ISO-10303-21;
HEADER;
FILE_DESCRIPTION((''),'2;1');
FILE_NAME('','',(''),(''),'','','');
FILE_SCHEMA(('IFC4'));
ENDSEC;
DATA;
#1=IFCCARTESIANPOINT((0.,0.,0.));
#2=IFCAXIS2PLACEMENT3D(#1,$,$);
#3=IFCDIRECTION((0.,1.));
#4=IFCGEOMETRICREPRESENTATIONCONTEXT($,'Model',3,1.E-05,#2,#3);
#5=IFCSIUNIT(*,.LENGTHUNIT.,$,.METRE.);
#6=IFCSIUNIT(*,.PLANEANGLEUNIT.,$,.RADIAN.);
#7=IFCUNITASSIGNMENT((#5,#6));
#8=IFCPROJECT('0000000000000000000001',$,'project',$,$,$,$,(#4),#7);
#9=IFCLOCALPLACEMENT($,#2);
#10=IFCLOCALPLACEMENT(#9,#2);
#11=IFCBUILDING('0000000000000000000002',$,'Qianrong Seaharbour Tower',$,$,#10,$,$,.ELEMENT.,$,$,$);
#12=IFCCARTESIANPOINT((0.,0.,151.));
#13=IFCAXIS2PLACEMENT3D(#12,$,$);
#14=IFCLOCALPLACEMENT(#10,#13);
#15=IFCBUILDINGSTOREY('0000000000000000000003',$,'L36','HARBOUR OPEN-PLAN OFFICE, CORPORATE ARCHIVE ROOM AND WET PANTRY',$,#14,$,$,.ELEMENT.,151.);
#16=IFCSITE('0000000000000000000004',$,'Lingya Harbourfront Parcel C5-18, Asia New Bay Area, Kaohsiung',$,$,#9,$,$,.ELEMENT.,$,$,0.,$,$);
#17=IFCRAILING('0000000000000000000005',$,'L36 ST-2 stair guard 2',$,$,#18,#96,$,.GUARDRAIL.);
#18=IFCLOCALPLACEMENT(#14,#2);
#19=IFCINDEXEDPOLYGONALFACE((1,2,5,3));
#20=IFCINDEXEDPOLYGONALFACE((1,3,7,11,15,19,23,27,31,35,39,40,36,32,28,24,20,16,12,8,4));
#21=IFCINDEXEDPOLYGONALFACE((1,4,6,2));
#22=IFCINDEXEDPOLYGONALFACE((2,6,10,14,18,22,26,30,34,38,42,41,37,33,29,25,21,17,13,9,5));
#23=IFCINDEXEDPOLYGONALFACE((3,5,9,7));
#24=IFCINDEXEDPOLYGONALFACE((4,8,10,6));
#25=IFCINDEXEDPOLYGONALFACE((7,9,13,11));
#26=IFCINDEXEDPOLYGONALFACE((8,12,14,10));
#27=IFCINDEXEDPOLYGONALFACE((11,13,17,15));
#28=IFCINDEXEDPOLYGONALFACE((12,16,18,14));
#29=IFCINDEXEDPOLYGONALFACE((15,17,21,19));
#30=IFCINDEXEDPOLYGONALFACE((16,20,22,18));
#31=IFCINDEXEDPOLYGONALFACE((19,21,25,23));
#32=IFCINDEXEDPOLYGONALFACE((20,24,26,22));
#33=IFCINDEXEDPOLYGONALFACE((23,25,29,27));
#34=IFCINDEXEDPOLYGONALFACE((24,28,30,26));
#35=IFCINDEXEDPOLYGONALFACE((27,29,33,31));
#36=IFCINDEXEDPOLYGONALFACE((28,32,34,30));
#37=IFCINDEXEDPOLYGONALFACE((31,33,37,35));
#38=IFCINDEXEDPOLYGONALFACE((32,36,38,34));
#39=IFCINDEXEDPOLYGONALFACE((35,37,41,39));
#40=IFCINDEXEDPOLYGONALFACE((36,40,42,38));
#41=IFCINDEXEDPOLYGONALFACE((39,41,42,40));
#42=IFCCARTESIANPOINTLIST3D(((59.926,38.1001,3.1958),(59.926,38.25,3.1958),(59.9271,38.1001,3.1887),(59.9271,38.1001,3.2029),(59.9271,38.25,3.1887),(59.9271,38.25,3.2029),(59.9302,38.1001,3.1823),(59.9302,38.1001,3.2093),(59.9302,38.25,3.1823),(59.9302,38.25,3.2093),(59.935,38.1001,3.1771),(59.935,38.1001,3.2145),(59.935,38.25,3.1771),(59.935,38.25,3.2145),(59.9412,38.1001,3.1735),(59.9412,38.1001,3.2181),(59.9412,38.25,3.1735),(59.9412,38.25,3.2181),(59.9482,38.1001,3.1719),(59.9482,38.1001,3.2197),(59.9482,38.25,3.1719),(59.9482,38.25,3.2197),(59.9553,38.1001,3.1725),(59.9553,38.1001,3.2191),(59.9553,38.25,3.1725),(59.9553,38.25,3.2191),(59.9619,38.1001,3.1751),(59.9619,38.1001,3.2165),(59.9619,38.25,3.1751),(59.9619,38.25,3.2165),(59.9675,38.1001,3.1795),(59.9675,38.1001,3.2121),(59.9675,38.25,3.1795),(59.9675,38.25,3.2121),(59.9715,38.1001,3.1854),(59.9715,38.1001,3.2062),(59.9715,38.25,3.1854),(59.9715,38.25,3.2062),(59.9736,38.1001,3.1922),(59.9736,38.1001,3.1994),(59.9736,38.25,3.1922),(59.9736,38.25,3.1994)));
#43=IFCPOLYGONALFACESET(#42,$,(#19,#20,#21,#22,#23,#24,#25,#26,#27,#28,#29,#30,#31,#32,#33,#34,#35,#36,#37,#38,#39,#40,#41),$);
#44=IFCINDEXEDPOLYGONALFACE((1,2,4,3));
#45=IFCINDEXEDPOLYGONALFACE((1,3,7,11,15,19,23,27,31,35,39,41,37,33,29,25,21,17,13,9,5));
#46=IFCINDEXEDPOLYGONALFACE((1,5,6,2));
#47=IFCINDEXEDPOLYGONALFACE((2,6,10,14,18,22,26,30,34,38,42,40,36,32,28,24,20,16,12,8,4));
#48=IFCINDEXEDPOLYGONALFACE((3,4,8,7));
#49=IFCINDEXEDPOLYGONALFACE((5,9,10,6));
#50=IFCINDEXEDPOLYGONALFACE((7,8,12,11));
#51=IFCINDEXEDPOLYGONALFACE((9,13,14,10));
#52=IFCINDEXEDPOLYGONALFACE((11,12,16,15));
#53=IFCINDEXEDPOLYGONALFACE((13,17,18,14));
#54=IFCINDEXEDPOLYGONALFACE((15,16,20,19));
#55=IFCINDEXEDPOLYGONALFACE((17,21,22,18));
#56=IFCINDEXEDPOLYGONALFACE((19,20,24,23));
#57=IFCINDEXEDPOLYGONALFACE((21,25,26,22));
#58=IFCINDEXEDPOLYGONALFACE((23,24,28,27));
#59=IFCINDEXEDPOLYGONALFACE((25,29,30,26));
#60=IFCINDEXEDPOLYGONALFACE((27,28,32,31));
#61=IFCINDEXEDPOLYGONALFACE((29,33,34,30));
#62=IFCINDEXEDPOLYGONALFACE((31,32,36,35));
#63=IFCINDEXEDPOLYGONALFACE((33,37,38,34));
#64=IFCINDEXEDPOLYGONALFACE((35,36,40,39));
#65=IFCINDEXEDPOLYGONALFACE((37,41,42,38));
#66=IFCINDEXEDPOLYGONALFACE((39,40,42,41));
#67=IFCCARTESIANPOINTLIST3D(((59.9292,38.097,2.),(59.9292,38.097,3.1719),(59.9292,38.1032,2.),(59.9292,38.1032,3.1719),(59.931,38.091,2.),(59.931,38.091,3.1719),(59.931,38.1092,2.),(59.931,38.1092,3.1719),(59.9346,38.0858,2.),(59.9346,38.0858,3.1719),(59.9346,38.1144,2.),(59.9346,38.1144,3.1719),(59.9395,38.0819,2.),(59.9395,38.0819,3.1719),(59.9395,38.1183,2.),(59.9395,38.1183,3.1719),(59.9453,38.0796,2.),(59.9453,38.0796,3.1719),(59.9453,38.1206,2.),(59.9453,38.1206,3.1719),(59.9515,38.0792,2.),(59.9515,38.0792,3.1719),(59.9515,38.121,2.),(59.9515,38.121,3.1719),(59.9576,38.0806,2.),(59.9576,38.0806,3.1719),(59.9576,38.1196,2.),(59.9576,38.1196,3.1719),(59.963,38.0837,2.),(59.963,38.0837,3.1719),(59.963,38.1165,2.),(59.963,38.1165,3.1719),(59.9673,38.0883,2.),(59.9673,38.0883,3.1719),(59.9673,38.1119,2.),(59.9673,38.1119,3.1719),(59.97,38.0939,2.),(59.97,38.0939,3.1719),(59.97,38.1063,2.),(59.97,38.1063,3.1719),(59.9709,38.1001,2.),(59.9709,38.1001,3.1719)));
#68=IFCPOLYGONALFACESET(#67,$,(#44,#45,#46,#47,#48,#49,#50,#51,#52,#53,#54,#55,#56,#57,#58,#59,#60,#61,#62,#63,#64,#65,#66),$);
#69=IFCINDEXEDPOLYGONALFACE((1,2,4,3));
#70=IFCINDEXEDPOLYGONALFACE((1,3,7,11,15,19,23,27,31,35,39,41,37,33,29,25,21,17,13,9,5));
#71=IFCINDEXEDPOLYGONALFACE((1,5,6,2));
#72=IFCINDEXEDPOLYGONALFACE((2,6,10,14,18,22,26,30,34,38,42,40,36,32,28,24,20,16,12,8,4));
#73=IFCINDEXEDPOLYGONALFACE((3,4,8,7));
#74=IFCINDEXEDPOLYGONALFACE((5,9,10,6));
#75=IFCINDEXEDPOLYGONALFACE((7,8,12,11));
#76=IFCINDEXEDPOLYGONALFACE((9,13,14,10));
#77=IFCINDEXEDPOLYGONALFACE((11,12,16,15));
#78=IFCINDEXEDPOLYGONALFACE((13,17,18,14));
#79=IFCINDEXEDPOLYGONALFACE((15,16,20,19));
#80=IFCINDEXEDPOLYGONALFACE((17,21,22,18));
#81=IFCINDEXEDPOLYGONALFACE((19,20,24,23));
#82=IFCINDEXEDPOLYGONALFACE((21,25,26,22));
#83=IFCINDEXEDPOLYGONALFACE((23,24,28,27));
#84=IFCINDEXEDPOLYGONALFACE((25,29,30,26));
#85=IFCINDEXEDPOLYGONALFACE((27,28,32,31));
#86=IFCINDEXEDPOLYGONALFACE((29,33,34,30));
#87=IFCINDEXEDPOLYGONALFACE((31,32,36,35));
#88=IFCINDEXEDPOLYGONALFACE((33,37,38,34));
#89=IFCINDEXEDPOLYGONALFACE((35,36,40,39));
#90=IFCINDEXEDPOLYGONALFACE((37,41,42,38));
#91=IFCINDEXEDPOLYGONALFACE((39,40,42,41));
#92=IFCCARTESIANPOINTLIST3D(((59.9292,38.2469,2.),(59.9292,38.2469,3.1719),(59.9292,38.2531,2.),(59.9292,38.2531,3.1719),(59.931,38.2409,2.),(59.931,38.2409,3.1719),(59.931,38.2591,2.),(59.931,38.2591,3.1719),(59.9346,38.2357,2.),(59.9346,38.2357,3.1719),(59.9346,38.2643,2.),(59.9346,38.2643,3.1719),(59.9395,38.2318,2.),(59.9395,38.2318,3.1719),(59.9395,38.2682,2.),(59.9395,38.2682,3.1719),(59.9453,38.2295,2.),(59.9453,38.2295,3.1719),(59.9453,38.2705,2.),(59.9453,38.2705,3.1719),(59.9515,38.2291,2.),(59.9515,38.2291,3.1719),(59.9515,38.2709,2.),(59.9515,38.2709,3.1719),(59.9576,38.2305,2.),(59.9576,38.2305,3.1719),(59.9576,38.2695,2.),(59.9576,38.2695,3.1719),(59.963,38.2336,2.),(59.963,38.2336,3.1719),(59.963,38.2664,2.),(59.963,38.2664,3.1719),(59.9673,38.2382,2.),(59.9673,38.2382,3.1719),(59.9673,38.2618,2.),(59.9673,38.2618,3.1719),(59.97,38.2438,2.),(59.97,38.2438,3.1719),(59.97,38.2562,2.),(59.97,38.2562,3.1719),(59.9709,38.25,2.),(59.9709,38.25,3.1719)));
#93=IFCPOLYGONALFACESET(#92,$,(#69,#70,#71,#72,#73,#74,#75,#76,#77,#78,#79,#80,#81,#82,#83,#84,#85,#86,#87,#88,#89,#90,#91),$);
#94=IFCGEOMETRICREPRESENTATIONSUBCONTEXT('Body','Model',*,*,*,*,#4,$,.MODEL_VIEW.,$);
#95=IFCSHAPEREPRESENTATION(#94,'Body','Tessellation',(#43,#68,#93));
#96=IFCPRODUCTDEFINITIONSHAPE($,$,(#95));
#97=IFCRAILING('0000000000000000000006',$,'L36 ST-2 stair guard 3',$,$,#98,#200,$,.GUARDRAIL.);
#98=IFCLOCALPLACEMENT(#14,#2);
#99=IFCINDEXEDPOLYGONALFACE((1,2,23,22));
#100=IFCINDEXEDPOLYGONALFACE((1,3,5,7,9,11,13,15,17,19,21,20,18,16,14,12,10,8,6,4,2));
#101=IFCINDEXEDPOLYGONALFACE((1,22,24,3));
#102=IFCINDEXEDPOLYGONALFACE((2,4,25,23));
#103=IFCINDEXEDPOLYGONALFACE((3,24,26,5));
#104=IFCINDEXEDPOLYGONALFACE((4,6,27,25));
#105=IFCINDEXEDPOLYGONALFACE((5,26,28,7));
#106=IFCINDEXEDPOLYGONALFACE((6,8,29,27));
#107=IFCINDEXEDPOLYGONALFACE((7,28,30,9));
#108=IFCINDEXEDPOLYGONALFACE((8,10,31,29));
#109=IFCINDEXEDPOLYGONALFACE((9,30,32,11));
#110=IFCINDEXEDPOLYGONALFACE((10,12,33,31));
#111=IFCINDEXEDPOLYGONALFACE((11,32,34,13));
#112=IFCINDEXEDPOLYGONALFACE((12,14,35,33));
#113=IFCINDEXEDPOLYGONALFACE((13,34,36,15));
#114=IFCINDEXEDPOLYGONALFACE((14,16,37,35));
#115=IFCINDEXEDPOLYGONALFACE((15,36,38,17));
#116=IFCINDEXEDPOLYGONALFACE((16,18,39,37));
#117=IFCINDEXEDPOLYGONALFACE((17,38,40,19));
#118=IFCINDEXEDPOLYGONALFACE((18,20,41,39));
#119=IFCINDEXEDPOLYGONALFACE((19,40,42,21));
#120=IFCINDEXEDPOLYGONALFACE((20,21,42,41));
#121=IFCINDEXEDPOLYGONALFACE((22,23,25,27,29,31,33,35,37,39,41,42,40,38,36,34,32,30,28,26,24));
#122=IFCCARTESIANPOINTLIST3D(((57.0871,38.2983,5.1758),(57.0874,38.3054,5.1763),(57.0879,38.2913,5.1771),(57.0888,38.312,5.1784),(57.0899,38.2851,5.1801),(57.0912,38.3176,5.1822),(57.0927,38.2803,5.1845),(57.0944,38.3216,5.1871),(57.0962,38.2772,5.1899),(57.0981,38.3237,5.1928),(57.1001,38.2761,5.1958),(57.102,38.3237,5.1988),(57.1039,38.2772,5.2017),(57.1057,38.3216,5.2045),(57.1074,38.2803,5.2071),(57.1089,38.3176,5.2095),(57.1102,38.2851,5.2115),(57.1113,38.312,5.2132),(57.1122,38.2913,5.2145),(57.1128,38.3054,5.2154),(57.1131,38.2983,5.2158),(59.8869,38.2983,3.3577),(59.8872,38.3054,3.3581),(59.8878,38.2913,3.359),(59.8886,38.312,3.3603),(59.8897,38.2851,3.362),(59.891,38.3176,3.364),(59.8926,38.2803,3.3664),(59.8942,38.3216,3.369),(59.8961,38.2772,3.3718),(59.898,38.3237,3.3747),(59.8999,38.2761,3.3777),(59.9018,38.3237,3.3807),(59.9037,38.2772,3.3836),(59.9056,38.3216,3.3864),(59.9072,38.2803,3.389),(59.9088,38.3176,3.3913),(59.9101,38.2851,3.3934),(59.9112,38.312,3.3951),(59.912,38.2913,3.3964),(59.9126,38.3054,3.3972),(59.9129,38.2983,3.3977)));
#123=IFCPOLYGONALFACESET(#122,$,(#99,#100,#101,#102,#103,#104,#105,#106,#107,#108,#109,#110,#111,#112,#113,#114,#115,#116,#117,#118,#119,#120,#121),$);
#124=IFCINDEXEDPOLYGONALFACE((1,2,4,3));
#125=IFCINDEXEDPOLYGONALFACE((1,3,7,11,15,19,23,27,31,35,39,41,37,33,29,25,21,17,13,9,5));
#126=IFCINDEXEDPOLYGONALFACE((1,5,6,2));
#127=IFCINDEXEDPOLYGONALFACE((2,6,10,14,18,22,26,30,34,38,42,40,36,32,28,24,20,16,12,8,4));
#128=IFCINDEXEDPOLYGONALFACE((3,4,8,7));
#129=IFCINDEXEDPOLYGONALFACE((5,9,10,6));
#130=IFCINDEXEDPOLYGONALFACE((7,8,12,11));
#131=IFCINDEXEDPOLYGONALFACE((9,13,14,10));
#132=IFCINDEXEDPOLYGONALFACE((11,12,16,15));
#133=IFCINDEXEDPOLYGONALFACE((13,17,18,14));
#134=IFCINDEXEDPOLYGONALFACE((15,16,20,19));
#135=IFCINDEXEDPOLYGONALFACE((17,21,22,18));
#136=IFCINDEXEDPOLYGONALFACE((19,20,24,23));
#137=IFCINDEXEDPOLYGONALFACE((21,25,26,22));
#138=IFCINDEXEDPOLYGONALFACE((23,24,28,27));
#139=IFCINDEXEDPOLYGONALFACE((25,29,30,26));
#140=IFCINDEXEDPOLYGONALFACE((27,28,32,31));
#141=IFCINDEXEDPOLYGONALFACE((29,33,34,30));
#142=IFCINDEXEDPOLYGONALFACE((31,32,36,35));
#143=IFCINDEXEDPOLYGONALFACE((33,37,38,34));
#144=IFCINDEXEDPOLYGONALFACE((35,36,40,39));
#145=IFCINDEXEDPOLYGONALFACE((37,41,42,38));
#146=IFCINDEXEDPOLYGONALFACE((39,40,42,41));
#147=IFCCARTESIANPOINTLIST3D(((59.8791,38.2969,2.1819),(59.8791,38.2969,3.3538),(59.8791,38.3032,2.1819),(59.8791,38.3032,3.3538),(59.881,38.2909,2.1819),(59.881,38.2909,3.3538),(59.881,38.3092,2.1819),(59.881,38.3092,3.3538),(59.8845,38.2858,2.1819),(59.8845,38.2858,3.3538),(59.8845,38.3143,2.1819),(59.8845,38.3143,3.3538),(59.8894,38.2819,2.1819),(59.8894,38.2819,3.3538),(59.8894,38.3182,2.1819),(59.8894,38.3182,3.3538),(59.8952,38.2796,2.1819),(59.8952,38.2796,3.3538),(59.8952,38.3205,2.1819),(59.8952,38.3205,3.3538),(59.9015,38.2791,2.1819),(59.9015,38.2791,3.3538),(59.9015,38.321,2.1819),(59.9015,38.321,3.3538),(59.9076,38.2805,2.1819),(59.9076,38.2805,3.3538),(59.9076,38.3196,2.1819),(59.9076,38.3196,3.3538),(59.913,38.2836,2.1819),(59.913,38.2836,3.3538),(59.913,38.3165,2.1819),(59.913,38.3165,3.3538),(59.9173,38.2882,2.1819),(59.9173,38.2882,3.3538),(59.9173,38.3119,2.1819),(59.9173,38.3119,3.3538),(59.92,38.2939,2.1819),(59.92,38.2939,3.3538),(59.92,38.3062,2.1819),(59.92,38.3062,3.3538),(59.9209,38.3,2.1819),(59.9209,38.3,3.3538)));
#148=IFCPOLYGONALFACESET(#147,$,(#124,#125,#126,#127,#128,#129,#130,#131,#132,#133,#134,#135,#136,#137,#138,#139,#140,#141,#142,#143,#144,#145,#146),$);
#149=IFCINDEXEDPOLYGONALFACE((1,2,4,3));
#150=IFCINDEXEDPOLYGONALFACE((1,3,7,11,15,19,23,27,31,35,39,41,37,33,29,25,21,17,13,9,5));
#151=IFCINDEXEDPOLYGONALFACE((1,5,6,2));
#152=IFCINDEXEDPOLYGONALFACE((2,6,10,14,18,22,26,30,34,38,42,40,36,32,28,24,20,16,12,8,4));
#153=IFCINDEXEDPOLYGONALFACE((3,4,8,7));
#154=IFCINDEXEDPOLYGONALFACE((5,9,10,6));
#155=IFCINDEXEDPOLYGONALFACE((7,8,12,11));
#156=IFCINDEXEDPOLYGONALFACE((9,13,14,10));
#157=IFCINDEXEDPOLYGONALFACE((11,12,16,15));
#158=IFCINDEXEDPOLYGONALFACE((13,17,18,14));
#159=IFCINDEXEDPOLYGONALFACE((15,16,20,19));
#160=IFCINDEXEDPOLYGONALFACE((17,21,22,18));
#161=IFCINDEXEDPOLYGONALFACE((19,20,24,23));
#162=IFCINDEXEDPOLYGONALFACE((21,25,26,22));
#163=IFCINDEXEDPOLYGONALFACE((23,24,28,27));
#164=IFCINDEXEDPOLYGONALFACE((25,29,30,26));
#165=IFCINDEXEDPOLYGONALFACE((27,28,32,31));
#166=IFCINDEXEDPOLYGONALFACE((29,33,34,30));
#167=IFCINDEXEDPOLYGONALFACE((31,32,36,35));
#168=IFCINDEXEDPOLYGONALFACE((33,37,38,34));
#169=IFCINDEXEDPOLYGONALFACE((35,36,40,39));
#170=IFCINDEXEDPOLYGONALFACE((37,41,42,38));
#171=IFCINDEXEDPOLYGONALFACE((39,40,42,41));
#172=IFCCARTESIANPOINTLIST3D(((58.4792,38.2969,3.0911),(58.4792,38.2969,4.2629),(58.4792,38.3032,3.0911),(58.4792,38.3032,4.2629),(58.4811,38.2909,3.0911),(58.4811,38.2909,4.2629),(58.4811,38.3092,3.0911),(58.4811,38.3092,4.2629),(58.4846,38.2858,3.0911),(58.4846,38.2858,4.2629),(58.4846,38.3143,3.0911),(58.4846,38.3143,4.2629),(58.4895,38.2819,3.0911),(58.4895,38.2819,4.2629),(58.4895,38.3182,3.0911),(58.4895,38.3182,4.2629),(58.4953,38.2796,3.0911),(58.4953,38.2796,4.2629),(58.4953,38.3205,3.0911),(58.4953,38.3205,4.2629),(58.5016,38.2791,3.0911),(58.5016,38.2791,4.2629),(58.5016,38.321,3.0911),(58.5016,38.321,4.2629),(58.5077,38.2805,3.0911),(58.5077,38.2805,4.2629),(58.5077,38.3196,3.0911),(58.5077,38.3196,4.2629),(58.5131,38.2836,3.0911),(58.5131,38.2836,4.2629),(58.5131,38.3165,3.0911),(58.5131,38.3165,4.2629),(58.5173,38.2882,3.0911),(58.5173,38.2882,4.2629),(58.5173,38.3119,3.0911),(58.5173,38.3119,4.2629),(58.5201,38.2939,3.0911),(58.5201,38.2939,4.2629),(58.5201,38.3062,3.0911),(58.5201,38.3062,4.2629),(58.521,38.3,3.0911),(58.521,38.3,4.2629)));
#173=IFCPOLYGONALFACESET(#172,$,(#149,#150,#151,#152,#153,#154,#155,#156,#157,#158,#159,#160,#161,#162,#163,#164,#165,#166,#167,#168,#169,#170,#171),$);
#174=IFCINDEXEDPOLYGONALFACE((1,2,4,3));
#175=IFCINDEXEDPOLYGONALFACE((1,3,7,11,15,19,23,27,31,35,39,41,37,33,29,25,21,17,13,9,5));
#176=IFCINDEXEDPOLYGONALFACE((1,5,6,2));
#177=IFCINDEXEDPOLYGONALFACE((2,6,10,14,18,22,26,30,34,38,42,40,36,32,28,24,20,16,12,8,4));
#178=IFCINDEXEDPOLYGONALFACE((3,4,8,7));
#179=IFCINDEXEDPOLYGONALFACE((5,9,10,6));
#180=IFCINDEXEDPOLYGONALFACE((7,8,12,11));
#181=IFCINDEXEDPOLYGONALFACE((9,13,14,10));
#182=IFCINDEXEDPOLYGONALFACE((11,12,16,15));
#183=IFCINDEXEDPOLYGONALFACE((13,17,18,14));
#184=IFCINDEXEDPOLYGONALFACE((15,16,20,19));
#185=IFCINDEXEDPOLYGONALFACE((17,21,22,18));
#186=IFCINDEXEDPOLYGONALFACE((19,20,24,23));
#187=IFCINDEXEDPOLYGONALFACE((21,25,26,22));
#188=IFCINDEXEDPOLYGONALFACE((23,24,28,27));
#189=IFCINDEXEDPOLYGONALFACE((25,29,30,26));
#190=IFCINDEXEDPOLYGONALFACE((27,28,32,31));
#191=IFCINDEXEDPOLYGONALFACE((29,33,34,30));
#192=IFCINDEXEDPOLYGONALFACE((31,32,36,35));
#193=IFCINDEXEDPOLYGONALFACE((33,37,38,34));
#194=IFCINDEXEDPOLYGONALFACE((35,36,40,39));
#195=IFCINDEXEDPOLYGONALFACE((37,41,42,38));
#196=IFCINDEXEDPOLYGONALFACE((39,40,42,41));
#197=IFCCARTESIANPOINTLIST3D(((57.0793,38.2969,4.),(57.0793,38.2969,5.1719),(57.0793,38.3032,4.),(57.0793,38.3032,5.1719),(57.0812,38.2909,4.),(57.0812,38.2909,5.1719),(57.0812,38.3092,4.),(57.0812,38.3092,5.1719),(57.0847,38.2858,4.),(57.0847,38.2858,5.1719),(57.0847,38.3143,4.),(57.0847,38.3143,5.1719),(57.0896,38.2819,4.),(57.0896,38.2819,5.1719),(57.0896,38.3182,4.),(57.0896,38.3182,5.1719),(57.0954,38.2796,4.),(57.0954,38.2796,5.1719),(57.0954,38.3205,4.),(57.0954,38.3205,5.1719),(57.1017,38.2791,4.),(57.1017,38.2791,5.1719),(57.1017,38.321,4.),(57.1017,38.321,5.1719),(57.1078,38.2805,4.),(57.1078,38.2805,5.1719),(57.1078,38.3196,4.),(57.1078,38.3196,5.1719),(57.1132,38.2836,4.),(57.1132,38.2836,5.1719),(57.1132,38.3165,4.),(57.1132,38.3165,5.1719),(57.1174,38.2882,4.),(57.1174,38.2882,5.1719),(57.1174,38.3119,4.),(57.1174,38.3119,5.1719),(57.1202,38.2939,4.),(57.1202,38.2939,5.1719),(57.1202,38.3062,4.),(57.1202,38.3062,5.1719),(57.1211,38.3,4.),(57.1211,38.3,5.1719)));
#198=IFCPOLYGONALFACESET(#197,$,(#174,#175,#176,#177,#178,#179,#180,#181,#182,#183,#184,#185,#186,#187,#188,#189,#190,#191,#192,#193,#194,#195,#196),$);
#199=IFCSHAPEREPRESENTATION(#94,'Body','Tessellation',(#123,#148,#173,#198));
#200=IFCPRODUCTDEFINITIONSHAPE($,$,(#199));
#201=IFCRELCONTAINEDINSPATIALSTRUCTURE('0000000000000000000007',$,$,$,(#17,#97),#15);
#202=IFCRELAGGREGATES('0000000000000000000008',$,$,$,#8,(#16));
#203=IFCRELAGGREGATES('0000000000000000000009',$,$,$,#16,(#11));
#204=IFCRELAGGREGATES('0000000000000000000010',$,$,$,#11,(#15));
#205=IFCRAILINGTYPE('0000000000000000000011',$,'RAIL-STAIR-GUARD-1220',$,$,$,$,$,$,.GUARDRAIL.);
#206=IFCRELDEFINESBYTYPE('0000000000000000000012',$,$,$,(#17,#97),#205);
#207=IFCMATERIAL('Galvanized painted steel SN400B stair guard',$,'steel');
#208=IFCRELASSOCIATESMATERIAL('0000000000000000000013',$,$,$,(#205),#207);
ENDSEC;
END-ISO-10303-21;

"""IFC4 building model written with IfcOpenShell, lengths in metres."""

from ifc_helpers import new_model, si_unit, direction, frame, origin, origin_2d, place, context, subcontext, project, spatial, circle, extrude, material, type_object, element, save


model = new_model("IFC4")

# Units and contexts
model_context = context("Model", 3, precision=1e-05, world=origin(), true_north=direction((0.0, 1.0)))
body_context = subcontext(model_context, "Body", "Model", "MODEL_VIEW")
ifc_project = project(units=[si_unit("LENGTHUNIT", "METRE"), si_unit("PLANEANGLEUNIT", "RADIAN")], contexts=[model_context])

# Site, building, storey
site_placement = place(None, origin())
site = spatial("IfcSite", under=ifc_project, at=site_placement, Name="Lingya Harbourfront Parcel C5-18, Asia New Bay Area, Kaohsiung", CompositionType="ELEMENT", RefElevation=0.0)
building_placement = place(site_placement, origin())
building = spatial("IfcBuilding", under=site, at=building_placement, Name="Qianrong Seaharbour Tower", CompositionType="ELEMENT")
storey_placement = place(building_placement, frame((0.0, 0.0, 151.0)))
storey = spatial("IfcBuildingStorey", under=building, at=storey_placement, Name="L36", Description="HARBOUR OPEN-PLAN OFFICE, CORPORATE ARCHIVE ROOM AND WET PANTRY", CompositionType="ELEMENT", Elevation=151.0)

# Railings
ifc_material_1 = material(Name="Galvanized painted steel SN400B stair guard", Category="steel")
railing_type_1 = type_object("IfcRailingType", Name="RAIL-STAIR-GUARD-1220", PredefinedType="GUARDRAIL", material=ifc_material_1)
railing_1_placement = place(storey_placement, frame((59.95, 38.1001, 2.0)))
element("IfcRailing", 1, at=railing_1_placement, inside=storey, type_object=railing_type_1, Name="L36 ST-2 stair guard 2", PredefinedType="GUARDRAIL", context=body_context, shape_type="SweptSolid", body=[
    extrude(circle(Radius=0.0239, at=origin_2d()), frame((0.0, 0.0, 1.1958), z_axis=(0.0, 1.0, 0.0), x_axis=(-1.0, 0.0, 0.0)), (0.0, 0.0, 1.0), 0.1499),
    extrude(circle(Radius=0.021, at=origin_2d()), origin(), (0.0, 0.0, 1.0), 1.1719),
    extrude(circle(Radius=0.021, at=origin_2d()), frame((0.0, 0.1499, 0.0)), (0.0, 0.0, 1.0), 1.1719),
])
railing_2_placement = place(storey_placement, frame((59.8999, 38.3, 2.1819)))
element("IfcRailing", 2, at=railing_2_placement, inside=storey, type_object=railing_type_1, Name="L36 ST-2 stair guard 3", PredefinedType="GUARDRAIL", context=body_context, shape_type="SweptSolid", body=[
    extrude(circle(Radius=0.0239, at=origin_2d()), frame((0.0, 0.0, 1.1958), z_axis=(-0.838684, 0.0, 0.544618), x_axis=(0.0, -1.0, 0.0)), (0.0, 0.0, 1.0), 3.3384),
    extrude(circle(Radius=0.021, at=origin_2d()), origin(), (0.0, 0.0, 1.0), 1.1719),
    extrude(circle(Radius=0.021, at=origin_2d()), frame((-1.3999, 0.0, 0.9092)), (0.0, 0.0, 1.0), 1.1719),
    extrude(circle(Radius=0.021, at=origin_2d()), frame((-2.7998, 0.0, 1.8181)), (0.0, 0.0, 1.0), 1.1719),
])

save(model, "model.ifc")
